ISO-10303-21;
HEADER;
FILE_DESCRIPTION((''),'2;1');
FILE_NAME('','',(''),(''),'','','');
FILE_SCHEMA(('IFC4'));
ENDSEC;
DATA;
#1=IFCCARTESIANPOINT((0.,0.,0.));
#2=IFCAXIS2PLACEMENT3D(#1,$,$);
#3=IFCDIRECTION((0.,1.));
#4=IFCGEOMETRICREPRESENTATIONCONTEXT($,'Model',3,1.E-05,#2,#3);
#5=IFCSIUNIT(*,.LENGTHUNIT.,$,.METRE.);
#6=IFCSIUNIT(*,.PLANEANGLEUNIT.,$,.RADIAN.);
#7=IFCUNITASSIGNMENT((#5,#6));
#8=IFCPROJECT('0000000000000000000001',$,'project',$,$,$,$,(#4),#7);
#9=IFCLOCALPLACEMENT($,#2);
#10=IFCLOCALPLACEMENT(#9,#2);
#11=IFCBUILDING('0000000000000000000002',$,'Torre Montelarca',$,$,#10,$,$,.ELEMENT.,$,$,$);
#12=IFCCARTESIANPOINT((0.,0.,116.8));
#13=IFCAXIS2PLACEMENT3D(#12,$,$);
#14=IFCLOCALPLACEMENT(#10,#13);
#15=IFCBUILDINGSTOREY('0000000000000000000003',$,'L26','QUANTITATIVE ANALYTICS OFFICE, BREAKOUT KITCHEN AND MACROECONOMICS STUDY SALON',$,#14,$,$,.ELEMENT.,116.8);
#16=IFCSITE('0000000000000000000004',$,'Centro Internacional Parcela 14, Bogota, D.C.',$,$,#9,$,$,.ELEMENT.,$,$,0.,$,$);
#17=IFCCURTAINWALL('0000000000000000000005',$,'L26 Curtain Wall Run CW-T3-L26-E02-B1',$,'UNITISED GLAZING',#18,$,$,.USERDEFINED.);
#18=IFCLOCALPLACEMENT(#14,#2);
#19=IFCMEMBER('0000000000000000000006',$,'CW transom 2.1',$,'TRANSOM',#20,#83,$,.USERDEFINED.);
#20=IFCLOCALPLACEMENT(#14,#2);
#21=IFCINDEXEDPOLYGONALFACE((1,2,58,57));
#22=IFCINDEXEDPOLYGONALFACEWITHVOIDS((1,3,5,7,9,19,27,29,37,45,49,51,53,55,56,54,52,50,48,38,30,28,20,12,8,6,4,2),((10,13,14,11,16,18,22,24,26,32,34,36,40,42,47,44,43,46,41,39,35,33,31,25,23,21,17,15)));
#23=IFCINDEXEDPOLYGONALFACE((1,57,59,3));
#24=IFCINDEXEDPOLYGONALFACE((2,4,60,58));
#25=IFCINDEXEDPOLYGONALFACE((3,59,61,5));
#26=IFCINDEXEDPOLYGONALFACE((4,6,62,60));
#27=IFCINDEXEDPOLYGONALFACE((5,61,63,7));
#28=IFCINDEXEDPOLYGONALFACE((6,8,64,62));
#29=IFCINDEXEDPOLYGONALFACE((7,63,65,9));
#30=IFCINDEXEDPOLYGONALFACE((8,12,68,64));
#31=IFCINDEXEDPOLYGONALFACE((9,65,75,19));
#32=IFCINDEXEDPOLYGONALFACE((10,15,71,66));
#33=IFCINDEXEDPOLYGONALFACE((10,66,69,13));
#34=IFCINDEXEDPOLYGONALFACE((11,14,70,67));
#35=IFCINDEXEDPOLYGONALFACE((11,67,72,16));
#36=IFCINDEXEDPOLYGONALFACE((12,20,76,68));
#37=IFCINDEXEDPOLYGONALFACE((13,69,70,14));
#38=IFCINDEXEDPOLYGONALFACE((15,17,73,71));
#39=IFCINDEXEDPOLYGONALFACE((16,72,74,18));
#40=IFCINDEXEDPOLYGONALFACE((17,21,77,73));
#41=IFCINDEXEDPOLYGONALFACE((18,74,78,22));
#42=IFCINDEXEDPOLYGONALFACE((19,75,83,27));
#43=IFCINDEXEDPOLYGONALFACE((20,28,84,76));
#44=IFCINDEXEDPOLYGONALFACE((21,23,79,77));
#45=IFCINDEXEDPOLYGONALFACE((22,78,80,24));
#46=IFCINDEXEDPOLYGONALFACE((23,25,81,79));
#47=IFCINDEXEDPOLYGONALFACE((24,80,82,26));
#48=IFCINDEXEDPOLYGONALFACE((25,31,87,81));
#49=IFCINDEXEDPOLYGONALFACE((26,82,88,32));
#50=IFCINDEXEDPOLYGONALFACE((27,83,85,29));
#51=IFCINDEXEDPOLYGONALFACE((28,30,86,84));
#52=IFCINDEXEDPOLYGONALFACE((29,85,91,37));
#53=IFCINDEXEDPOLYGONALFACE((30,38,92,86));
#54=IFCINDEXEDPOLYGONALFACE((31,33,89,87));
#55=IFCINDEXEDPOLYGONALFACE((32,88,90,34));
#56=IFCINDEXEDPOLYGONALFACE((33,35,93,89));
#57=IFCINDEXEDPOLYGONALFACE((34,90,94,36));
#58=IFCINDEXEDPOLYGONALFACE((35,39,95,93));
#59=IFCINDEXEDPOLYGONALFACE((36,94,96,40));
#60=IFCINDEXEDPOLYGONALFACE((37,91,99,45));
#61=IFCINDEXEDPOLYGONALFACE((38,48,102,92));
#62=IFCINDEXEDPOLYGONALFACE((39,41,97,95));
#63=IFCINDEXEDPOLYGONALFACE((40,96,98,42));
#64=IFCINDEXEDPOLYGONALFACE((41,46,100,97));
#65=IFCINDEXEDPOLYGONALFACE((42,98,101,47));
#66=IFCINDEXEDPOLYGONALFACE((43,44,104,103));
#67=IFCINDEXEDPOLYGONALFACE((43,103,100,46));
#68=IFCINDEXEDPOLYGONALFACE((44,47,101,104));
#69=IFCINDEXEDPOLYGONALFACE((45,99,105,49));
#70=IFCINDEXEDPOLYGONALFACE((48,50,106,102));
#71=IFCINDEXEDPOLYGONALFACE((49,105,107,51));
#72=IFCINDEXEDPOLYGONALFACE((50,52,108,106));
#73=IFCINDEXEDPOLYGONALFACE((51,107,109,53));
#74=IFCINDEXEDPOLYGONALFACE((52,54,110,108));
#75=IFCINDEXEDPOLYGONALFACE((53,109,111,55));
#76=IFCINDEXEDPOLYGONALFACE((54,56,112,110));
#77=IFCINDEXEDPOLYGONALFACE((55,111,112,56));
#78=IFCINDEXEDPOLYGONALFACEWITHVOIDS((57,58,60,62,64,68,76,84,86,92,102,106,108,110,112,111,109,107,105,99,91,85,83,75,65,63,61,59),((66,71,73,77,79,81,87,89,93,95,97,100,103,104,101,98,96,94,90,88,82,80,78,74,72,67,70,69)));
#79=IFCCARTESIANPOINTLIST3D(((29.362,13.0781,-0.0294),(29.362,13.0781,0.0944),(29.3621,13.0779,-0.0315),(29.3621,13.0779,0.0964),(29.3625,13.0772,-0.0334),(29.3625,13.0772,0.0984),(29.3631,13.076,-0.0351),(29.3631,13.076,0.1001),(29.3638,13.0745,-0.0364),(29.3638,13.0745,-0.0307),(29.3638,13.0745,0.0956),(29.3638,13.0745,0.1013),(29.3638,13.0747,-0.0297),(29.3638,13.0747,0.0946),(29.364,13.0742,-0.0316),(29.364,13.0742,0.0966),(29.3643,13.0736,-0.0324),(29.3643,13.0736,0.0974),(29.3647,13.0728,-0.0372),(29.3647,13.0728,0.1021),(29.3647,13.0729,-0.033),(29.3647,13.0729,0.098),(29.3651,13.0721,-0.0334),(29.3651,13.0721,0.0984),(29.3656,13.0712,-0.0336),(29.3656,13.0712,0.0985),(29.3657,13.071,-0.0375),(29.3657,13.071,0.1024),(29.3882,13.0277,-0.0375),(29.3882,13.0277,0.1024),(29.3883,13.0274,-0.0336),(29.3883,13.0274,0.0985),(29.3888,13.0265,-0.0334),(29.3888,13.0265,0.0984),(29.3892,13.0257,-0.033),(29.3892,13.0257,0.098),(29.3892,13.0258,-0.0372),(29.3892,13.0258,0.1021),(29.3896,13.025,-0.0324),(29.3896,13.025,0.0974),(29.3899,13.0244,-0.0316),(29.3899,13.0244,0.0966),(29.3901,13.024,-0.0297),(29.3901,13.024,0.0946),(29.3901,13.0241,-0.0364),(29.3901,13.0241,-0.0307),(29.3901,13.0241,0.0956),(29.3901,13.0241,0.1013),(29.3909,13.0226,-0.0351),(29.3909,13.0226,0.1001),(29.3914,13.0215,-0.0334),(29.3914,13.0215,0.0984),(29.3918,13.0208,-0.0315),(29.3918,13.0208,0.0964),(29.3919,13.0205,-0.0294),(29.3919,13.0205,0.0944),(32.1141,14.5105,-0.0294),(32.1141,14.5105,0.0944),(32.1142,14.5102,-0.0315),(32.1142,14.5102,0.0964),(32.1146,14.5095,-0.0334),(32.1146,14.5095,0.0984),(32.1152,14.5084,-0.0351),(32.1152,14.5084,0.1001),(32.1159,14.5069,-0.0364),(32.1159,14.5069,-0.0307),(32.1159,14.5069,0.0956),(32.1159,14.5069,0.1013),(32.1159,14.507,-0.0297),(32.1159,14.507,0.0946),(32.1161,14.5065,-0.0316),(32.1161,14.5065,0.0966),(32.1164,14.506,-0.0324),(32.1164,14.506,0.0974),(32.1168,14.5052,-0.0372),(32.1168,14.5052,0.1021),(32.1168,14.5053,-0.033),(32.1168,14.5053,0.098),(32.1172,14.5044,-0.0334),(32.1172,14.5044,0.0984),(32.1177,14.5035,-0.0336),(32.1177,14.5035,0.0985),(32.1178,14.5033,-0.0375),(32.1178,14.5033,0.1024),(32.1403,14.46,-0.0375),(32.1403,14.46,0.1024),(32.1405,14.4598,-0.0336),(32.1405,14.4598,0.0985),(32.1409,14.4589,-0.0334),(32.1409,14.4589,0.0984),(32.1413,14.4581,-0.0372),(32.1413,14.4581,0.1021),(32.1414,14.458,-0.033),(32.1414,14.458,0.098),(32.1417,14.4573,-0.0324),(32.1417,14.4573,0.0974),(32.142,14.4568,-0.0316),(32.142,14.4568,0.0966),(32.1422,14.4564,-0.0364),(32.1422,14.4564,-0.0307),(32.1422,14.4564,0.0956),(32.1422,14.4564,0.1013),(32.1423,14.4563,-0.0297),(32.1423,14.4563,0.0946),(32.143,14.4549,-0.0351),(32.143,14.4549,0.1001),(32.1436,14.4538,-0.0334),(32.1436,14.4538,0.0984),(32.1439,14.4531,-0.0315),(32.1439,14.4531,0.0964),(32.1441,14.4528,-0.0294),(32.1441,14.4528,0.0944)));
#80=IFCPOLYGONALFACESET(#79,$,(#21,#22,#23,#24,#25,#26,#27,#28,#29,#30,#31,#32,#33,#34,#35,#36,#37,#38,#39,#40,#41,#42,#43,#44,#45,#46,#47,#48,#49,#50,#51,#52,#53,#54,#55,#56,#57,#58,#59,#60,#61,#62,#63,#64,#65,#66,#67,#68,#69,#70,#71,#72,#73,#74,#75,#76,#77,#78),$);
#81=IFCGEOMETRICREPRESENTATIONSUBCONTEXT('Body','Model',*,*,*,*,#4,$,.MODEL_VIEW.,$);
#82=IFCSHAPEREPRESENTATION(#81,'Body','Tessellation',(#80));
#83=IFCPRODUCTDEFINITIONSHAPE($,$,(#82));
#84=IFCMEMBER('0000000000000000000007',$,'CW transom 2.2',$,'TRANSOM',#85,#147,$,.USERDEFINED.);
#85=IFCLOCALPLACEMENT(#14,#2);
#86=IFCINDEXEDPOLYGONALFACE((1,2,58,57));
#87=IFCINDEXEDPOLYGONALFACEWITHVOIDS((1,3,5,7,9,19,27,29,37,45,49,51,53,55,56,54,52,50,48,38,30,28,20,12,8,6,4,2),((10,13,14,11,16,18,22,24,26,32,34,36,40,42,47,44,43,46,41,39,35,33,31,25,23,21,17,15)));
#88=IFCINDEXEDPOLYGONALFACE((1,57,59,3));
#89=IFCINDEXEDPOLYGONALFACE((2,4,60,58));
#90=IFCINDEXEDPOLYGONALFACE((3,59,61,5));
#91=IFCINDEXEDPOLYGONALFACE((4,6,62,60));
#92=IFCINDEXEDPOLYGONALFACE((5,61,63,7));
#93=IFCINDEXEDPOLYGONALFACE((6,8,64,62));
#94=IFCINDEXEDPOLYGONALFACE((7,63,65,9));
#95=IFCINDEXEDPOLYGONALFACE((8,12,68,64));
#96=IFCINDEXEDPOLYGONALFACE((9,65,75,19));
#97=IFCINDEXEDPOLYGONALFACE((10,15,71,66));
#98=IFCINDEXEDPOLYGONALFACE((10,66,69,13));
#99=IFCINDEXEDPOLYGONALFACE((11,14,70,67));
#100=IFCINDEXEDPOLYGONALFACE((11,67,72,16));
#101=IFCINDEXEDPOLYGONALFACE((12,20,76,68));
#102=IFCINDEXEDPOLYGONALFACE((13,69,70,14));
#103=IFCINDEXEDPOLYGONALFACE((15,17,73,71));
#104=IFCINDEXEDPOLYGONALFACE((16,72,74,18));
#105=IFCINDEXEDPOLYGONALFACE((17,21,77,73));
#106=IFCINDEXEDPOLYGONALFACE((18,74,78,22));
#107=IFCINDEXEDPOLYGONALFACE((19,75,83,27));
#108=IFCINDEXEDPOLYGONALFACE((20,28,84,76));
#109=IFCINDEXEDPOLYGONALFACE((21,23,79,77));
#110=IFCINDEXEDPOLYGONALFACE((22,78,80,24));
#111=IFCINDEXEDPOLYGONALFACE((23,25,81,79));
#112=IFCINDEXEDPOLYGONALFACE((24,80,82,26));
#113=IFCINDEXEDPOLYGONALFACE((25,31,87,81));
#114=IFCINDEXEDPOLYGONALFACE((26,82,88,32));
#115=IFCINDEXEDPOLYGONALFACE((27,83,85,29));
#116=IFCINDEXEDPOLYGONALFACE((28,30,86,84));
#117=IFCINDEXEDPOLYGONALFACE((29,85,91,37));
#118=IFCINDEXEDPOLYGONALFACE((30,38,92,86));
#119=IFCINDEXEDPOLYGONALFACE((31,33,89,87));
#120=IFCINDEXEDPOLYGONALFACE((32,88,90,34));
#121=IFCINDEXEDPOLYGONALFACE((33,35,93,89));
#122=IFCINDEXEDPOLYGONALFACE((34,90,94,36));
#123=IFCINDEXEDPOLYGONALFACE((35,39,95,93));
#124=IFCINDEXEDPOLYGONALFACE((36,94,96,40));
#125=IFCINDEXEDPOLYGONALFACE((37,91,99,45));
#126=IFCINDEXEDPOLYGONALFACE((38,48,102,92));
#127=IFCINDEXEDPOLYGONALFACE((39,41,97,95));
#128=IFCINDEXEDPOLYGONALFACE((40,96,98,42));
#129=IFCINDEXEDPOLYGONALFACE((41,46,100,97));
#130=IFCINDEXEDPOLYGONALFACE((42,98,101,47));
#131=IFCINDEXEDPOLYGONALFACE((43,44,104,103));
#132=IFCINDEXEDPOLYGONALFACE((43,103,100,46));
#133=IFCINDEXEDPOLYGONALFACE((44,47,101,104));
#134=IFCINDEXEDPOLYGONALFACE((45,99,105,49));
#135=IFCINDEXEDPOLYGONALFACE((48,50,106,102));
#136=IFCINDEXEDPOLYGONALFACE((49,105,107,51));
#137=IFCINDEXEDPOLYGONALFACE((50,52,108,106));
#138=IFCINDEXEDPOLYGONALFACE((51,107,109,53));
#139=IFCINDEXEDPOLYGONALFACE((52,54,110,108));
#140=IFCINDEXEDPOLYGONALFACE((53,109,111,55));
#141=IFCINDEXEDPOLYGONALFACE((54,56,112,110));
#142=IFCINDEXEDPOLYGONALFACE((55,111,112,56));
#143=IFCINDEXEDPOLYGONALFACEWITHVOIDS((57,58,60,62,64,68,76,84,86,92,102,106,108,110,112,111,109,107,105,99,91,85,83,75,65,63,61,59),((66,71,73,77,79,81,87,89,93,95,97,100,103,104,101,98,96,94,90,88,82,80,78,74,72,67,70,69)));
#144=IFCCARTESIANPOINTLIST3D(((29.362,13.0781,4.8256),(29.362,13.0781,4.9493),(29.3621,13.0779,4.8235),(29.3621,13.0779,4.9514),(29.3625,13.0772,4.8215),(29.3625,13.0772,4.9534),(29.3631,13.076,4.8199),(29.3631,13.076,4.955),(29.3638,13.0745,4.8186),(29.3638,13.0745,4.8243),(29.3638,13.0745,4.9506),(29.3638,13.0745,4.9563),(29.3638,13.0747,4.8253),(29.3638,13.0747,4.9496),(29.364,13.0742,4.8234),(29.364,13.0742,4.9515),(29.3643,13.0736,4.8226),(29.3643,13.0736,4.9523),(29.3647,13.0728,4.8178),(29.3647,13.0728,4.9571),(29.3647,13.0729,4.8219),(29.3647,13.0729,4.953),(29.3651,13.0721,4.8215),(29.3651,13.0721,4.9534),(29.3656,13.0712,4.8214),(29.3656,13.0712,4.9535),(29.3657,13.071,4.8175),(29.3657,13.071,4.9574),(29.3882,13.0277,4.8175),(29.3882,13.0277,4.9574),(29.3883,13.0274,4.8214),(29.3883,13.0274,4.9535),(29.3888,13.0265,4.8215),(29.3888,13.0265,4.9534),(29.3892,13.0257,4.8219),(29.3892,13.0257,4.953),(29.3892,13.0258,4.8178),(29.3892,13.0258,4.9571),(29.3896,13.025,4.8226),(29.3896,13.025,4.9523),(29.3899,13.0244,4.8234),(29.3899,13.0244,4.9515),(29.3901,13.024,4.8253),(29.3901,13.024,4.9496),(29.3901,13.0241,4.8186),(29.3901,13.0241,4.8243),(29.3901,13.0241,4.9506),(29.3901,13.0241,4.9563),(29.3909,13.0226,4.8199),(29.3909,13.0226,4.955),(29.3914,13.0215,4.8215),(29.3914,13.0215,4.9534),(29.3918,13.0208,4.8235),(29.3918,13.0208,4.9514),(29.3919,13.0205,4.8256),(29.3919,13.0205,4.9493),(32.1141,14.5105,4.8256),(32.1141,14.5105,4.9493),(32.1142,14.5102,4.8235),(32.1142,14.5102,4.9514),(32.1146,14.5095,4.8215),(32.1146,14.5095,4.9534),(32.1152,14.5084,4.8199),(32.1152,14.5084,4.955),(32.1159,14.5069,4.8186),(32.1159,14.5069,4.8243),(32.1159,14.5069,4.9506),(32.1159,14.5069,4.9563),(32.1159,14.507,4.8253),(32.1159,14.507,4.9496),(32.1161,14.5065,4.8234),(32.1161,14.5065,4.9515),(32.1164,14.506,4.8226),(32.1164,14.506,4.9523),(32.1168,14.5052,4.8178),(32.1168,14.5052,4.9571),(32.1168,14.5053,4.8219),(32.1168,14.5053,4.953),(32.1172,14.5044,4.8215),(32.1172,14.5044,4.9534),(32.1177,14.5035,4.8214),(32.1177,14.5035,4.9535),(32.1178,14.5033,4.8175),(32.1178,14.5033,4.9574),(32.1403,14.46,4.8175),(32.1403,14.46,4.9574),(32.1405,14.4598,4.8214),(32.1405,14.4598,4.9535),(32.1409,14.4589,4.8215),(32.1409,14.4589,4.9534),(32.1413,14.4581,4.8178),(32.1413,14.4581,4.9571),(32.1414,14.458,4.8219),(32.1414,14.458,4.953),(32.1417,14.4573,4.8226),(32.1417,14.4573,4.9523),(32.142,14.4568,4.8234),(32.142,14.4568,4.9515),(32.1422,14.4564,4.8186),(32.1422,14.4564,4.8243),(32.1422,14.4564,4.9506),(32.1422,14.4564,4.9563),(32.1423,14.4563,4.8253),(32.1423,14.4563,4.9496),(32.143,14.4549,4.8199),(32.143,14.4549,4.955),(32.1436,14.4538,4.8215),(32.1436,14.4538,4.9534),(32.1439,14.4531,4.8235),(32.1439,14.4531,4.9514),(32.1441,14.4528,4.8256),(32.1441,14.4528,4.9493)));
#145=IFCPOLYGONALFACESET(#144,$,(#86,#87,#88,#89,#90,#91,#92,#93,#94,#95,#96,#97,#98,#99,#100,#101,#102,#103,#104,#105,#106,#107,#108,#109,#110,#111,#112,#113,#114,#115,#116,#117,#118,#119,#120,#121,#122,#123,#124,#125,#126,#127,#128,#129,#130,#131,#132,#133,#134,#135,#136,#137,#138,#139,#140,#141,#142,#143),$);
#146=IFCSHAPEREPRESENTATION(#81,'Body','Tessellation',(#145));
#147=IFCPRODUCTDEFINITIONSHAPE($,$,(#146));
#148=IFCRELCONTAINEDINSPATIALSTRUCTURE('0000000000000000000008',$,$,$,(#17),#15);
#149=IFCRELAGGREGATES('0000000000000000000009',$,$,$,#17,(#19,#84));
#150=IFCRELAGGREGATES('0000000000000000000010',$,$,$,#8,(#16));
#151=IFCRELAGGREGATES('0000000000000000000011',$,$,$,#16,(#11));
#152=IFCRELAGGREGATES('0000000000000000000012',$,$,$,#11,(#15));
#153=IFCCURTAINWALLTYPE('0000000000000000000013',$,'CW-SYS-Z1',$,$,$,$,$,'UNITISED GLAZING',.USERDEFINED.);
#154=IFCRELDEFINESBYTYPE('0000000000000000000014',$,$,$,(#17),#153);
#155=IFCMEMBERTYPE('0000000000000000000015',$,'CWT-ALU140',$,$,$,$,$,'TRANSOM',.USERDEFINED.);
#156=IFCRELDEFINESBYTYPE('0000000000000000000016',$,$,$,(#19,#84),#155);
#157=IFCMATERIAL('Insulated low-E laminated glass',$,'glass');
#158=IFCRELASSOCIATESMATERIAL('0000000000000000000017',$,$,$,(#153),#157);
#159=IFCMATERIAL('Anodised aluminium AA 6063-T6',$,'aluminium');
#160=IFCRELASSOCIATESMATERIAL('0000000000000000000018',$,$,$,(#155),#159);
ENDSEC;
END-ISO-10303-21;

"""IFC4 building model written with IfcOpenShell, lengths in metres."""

from ifc_helpers import new_model, si_unit, direction, frame, origin, origin_2d, place, context, subcontext, project, spatial, hollow_rectangle, extrude, source, transform, mapped, material, material_profile, profile_set, type_object, element, aggregate, save


model = new_model("IFC4")

# Units and contexts
model_context = context("Model", 3, precision=1e-05, world=origin(), true_north=direction((0.0, 1.0)))
body_context = subcontext(model_context, "Body", "Model", "MODEL_VIEW")
ifc_project = project(units=[si_unit("LENGTHUNIT", "METRE"), si_unit("PLANEANGLEUNIT", "RADIAN")], contexts=[model_context])

# Site, building, storey
site_placement = place(None, origin())
site = spatial("IfcSite", under=ifc_project, at=site_placement, Name="Centro Internacional Parcela 14, Bogota, D.C.", CompositionType="ELEMENT", RefElevation=0.0)
building_placement = place(site_placement, origin())
building = spatial("IfcBuilding", under=site, at=building_placement, Name="Torre Montelarca", CompositionType="ELEMENT")
storey_placement = place(building_placement, frame((0.0, 0.0, 116.8)))
storey = spatial("IfcBuildingStorey", under=building, at=storey_placement, Name="L26", Description="QUANTITATIVE ANALYTICS OFFICE, BREAKOUT KITCHEN AND MACROECONOMICS STUDY SALON", CompositionType="ELEMENT", Elevation=116.8)

# Curtain wall, members
ifc_material_1 = material(Name="Insulated low-E laminated glass", Category="glass")
curtain_wall_type = type_object("IfcCurtainWallType", Name="CW-SYS-Z1", ElementType="UNITISED GLAZING", PredefinedType="USERDEFINED", material=ifc_material_1)
ifc_material_2 = material(Name="Anodised aluminium AA 6063-T6", Category="aluminium")
ifc_material_profile_1 = material_profile(ifc_material_2, hollow_rectangle(XDim=0.0649, YDim=0.1399, WallThickness=0.0039, InnerFilletRadius=0.0039, OuterFilletRadius=0.0081, at=origin_2d()), Name="ALU65X140X4", Category="aluminium")
ifc_profile_set_1 = profile_set([ifc_material_profile_1], Name="Anodised aluminium AA 6063-T6")
member_type_1 = type_object("IfcMemberType", Name="CWT-ALU140", ElementType="TRANSOM", PredefinedType="USERDEFINED", material=ifc_profile_set_1)
curtain_wall_1_placement = place(storey_placement, origin())
curtain_wall_1 = element("IfcCurtainWall", 1, at=curtain_wall_1_placement, inside=storey, type_object=curtain_wall_type, Name="L26 Curtain Wall Run CW-T3-L26-E02-B1", ObjectType="UNITISED GLAZING", PredefinedType="USERDEFINED")
shared_shape_1 = source(origin(), body_context, "Body", "SweptSolid", [
    extrude(hollow_rectangle(XDim=0.0649, YDim=0.1399, WallThickness=0.0039, InnerFilletRadius=0.0039, OuterFilletRadius=0.0081, at=origin_2d()), origin(), (0.0, 0.0, 1.0), 3.1025),
])
member_1_placement = place(storey_placement, frame((29.377, 13.0493, 0.0325), z_axis=(0.887054, 0.461665, 0.0), x_axis=(-0.461665, 0.887054, 0.0)))
member_1 = element("IfcMember", 2, at=member_1_placement, type_object=member_type_1, Name="CW transom 2.1", ObjectType="TRANSOM", PredefinedType="USERDEFINED", context=body_context, shape_type="MappedRepresentation", body=[
    mapped(shared_shape_1, transform((0.0, 0.0, 0.0), scale=1.0)),
])
member_2_placement = place(storey_placement, frame((29.377, 13.0493, 4.8875), z_axis=(0.887054, 0.461665, 0.0), x_axis=(-0.461665, 0.887054, 0.0)))
member_2 = element("IfcMember", 3, at=member_2_placement, type_object=member_type_1, Name="CW transom 2.2", ObjectType="TRANSOM", PredefinedType="USERDEFINED", context=body_context, shape_type="MappedRepresentation", body=[
    mapped(shared_shape_1, transform((0.0, 0.0, 0.0), scale=1.0)),
])

aggregate(curtain_wall_1, [member_1, member_2])

save(model, "model.ifc")
